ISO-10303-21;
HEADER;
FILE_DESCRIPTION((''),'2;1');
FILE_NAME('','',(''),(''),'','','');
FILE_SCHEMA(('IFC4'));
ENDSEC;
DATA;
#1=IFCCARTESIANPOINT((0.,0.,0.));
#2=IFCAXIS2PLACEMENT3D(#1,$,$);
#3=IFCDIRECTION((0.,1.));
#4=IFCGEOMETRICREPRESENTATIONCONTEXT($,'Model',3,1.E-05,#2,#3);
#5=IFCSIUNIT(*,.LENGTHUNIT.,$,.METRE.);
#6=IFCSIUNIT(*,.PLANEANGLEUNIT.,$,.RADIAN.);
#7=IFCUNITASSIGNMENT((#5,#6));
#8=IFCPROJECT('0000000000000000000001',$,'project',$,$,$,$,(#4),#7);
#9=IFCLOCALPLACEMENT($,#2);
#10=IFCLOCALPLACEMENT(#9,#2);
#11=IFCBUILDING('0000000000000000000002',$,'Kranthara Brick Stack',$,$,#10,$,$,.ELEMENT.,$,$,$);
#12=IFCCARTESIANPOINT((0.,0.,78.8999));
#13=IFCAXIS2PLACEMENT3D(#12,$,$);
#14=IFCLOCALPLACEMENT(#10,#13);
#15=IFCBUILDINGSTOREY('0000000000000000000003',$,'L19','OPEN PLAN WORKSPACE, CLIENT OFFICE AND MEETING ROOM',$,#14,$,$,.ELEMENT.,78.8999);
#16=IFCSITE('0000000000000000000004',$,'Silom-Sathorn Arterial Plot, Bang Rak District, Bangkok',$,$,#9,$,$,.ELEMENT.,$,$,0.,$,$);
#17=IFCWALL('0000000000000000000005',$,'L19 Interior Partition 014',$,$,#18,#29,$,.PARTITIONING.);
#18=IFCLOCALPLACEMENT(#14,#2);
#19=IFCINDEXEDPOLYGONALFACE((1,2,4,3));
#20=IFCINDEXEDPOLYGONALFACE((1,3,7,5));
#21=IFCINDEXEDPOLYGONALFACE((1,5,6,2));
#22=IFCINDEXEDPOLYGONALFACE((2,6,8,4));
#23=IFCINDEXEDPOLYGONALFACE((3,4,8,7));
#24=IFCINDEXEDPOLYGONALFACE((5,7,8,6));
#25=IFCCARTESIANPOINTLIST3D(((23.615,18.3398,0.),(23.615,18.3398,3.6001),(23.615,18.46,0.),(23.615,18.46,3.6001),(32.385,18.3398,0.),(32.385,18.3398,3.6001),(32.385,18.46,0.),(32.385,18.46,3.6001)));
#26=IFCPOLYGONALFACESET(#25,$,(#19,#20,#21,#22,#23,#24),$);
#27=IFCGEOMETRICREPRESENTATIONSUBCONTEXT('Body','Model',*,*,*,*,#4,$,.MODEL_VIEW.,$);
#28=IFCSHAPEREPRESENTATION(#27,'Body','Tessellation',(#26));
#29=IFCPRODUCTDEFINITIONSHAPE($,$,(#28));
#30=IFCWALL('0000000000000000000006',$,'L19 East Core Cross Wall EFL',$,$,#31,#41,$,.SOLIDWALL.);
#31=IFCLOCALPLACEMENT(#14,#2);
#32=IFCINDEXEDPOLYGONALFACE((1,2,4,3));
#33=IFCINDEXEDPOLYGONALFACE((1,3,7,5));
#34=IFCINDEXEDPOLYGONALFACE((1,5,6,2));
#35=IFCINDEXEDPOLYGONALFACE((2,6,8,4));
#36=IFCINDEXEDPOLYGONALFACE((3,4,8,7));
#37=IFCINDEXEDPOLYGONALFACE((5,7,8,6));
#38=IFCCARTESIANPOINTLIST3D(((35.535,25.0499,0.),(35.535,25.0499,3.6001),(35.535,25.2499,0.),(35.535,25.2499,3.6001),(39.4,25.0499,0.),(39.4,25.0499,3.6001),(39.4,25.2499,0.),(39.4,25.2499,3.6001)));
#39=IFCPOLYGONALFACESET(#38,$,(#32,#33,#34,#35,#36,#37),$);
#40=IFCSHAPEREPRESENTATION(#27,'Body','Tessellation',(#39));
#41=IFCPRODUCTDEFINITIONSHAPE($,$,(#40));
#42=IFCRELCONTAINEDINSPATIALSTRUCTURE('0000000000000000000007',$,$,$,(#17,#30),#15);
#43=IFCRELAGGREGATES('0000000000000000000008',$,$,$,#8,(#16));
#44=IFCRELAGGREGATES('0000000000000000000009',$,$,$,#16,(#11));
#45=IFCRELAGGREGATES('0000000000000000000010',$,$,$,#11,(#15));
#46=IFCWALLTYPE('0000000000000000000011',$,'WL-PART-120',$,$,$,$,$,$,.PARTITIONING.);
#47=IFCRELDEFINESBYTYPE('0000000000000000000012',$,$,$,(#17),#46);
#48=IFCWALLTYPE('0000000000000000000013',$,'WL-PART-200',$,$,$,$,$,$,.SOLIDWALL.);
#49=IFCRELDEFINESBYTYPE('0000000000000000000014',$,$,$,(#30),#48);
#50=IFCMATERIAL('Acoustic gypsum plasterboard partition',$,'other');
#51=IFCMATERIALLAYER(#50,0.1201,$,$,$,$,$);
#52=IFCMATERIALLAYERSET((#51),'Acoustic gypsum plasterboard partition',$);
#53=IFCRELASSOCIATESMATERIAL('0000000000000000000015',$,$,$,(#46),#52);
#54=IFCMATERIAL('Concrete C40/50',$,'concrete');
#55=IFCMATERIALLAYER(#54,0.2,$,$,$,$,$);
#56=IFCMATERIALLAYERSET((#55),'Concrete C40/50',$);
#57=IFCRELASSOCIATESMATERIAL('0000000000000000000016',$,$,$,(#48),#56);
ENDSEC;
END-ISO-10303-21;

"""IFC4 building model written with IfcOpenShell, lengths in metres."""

from ifc_helpers import new_model, si_unit, direction, frame, frame_2d, origin, place, context, subcontext, project, spatial, rectangle, extrude, material, layer, layer_set, type_object, element, save


model = new_model("IFC4")

# Units and contexts
model_context = context("Model", 3, precision=1e-05, world=origin(), true_north=direction((0.0, 1.0)))
body_context = subcontext(model_context, "Body", "Model", "MODEL_VIEW")
ifc_project = project(units=[si_unit("LENGTHUNIT", "METRE"), si_unit("PLANEANGLEUNIT", "RADIAN")], contexts=[model_context])

# Site, building, storey
site_placement = place(None, origin())
site = spatial("IfcSite", under=ifc_project, at=site_placement, Name="Silom-Sathorn Arterial Plot, Bang Rak District, Bangkok", CompositionType="ELEMENT", RefElevation=0.0)
building_placement = place(site_placement, origin())
building = spatial("IfcBuilding", under=site, at=building_placement, Name="Kranthara Brick Stack", CompositionType="ELEMENT")
storey_placement = place(building_placement, frame((0.0, 0.0, 78.8999)))
storey = spatial("IfcBuildingStorey", under=building, at=storey_placement, Name="L19", Description="OPEN PLAN WORKSPACE, CLIENT OFFICE AND MEETING ROOM", CompositionType="ELEMENT", Elevation=78.8999)

# Walls
ifc_material_1 = material(Name="Acoustic gypsum plasterboard partition", Category="other")
ifc_layer_1 = layer(ifc_material_1, 0.1201)
ifc_layer_set_1 = layer_set([ifc_layer_1], Name="Acoustic gypsum plasterboard partition")
wall_type_1 = type_object("IfcWallType", Name="WL-PART-120", PredefinedType="PARTITIONING", material=ifc_layer_set_1)
wall_1_placement = place(storey_placement, frame((23.615, 18.3999, 0.0), z_axis=(0.0, 0.0, 1.0), x_axis=(1.0, 0.0, 0.0)))
element("IfcWall", 1, at=wall_1_placement, inside=storey, type_object=wall_type_1, Name="L19 Interior Partition 014", PredefinedType="PARTITIONING", context=body_context, shape_type="SweptSolid", body=[
    extrude(rectangle(XDim=8.77, YDim=0.1201, at=frame_2d((4.385, 0.0))), origin(), (0.0, 0.0, 1.0), 3.6001),
])
ifc_material_2 = material(Name="Concrete C40/50", Category="concrete")
ifc_layer_2 = layer(ifc_material_2, 0.2)
ifc_layer_set_2 = layer_set([ifc_layer_2], Name="Concrete C40/50")
wall_type_2 = type_object("IfcWallType", Name="WL-PART-200", PredefinedType="SOLIDWALL", material=ifc_layer_set_2)
wall_2_placement = place(storey_placement, frame((35.5349, 25.1499, 0.0), z_axis=(0.0, 0.0, 1.0), x_axis=(1.0, 0.0, 0.0)))
element("IfcWall", 2, at=wall_2_placement, inside=storey, type_object=wall_type_2, Name="L19 East Core Cross Wall EFL", PredefinedType="SOLIDWALL", context=body_context, shape_type="SweptSolid", body=[
    extrude(rectangle(XDim=3.865, YDim=0.2, at=frame_2d((1.9326, 0.0))), origin(), (0.0, 0.0, 1.0), 3.6001),
])

save(model, "model.ifc")
